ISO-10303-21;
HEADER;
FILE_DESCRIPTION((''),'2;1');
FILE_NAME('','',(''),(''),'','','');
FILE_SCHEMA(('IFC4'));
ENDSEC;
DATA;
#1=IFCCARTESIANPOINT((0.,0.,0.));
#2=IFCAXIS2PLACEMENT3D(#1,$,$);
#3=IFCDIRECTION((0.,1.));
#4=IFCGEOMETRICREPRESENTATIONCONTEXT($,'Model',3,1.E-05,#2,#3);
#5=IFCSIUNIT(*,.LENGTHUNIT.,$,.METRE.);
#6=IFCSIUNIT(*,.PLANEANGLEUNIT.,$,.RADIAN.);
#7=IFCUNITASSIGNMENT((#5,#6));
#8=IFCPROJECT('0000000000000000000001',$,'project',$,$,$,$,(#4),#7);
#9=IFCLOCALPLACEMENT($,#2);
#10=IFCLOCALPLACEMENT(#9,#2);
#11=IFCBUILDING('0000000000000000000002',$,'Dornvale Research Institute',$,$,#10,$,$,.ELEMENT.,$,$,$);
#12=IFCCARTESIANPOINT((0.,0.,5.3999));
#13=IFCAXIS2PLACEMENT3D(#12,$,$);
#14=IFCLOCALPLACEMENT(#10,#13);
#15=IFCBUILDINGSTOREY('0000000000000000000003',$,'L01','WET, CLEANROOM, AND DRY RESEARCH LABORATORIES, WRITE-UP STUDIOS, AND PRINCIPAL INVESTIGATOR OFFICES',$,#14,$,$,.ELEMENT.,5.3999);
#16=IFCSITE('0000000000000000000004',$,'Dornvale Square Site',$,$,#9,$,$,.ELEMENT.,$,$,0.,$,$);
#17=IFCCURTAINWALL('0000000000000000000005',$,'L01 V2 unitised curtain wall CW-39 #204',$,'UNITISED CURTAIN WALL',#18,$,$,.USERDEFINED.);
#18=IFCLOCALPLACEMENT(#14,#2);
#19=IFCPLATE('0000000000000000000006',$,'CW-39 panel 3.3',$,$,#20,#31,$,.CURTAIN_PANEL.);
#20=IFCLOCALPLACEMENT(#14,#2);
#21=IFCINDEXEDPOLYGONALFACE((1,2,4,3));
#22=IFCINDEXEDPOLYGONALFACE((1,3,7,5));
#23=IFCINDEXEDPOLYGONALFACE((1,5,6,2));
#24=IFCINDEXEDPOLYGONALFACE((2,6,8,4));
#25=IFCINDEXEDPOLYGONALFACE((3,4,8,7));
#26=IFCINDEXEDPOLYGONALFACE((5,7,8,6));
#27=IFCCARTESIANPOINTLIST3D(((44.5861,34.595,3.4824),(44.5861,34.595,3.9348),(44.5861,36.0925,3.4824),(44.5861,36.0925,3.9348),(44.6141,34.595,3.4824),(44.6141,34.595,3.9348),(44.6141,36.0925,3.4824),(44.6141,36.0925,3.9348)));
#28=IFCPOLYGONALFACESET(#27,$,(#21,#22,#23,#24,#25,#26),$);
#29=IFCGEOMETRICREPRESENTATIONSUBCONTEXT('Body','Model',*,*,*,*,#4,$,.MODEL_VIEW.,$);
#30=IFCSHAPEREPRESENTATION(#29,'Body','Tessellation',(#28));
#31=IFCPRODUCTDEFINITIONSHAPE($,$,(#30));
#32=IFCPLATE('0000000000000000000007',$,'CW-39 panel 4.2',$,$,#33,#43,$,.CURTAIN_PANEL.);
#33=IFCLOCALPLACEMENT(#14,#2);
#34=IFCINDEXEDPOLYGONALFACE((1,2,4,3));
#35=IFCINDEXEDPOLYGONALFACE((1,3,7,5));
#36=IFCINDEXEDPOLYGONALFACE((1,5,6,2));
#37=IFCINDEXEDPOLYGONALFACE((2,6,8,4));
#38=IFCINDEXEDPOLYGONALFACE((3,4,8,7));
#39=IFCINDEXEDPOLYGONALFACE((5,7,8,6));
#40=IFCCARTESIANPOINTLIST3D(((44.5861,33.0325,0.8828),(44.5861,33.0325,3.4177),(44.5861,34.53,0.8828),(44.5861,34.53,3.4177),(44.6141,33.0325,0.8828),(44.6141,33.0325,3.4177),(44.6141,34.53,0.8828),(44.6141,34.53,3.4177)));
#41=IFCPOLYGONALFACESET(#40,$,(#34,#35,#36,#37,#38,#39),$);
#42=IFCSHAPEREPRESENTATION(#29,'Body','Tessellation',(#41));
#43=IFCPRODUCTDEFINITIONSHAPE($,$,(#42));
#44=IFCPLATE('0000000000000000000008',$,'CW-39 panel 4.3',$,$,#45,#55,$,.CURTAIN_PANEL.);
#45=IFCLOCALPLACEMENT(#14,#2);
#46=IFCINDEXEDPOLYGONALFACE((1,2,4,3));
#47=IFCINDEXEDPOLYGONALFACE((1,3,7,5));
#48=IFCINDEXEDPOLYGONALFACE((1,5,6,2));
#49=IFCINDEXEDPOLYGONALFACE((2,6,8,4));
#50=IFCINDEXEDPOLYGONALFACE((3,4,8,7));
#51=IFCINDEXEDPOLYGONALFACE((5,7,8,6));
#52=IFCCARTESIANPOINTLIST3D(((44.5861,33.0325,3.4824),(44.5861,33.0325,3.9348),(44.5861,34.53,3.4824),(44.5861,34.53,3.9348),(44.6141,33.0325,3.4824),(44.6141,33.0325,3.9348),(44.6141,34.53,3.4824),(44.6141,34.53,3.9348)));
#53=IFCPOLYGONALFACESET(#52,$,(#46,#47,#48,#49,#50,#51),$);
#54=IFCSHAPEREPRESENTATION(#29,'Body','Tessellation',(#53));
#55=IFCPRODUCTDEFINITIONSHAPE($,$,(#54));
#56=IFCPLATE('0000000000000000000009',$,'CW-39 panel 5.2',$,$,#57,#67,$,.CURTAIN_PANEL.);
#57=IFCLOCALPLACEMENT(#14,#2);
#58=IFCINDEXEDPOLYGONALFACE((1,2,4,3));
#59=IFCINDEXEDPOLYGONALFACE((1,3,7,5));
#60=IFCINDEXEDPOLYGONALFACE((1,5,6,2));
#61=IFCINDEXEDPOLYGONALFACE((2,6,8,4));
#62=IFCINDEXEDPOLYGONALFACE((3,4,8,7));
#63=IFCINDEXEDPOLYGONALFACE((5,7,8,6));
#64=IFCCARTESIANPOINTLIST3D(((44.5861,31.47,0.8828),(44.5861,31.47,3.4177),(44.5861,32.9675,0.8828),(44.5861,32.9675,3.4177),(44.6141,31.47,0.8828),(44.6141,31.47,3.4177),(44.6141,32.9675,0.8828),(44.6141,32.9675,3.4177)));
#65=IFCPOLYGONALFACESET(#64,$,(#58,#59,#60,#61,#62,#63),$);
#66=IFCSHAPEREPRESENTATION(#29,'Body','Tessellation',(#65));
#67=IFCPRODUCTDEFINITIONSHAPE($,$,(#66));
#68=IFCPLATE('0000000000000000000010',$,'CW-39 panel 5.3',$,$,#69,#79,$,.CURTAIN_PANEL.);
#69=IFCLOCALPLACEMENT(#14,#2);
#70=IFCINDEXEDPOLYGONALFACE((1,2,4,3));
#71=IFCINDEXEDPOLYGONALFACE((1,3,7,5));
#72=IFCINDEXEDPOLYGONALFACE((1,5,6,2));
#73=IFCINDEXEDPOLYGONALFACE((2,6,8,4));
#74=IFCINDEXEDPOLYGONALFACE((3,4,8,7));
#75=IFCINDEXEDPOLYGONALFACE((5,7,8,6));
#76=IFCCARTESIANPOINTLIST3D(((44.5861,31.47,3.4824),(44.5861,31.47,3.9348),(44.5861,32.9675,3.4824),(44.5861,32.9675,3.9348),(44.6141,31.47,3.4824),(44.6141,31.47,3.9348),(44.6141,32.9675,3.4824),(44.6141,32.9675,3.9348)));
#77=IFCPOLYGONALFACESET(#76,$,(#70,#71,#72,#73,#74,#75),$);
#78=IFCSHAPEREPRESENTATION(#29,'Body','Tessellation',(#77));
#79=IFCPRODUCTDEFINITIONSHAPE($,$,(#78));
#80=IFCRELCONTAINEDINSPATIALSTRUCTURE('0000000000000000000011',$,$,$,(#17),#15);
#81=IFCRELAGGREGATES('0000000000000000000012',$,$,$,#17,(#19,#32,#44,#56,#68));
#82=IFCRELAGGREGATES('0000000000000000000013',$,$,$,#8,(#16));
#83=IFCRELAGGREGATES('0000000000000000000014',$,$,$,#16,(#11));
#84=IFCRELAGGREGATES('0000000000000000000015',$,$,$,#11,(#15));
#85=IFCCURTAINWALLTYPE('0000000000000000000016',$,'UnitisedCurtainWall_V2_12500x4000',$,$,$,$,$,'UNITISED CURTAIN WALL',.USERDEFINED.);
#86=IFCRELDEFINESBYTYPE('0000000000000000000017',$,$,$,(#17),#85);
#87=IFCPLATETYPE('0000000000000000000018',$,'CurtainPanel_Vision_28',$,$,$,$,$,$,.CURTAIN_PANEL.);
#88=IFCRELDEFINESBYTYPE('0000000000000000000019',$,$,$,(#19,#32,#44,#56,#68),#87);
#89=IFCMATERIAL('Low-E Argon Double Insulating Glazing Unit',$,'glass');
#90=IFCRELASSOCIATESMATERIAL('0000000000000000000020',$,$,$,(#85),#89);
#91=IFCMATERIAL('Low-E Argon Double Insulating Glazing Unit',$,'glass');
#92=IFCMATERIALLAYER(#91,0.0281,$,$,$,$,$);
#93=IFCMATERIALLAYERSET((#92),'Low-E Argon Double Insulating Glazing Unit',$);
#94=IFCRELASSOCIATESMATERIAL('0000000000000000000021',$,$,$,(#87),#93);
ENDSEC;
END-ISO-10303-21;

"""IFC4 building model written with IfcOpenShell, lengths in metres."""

from ifc_helpers import new_model, si_unit, direction, frame, origin, origin_2d, place, context, subcontext, project, spatial, rectangle, extrude, material, layer, layer_set, type_object, element, aggregate, save


model = new_model("IFC4")

# Units and contexts
model_context = context("Model", 3, precision=1e-05, world=origin(), true_north=direction((0.0, 1.0)))
body_context = subcontext(model_context, "Body", "Model", "MODEL_VIEW")
ifc_project = project(units=[si_unit("LENGTHUNIT", "METRE"), si_unit("PLANEANGLEUNIT", "RADIAN")], contexts=[model_context])

# Site, building, storey
site_placement = place(None, origin())
site = spatial("IfcSite", under=ifc_project, at=site_placement, Name="Dornvale Square Site", CompositionType="ELEMENT", RefElevation=0.0)
building_placement = place(site_placement, origin())
building = spatial("IfcBuilding", under=site, at=building_placement, Name="Dornvale Research Institute", CompositionType="ELEMENT")
storey_placement = place(building_placement, frame((0.0, 0.0, 5.3999)))
storey = spatial("IfcBuildingStorey", under=building, at=storey_placement, Name="L01", Description="WET, CLEANROOM, AND DRY RESEARCH LABORATORIES, WRITE-UP STUDIOS, AND PRINCIPAL INVESTIGATOR OFFICES", CompositionType="ELEMENT", Elevation=5.3999)

# Curtain wall
ifc_material_1 = material(Name="Low-E Argon Double Insulating Glazing Unit", Category="glass")
curtain_wall_type = type_object("IfcCurtainWallType", Name="UnitisedCurtainWall_V2_12500x4000", ElementType="UNITISED CURTAIN WALL", PredefinedType="USERDEFINED", material=ifc_material_1)
curtain_wall_1_placement = place(storey_placement, origin())
curtain_wall_1 = element("IfcCurtainWall", 1, at=curtain_wall_1_placement, inside=storey, type_object=curtain_wall_type, Name="L01 V2 unitised curtain wall CW-39 #204", ObjectType="UNITISED CURTAIN WALL", PredefinedType="USERDEFINED")

# Plates
ifc_material_2 = material(Name="Low-E Argon Double Insulating Glazing Unit", Category="glass")
ifc_layer_1 = layer(ifc_material_2, 0.0281)
ifc_layer_set_1 = layer_set([ifc_layer_1], Name="Low-E Argon Double Insulating Glazing Unit")
plate_type_1 = type_object("IfcPlateType", Name="CurtainPanel_Vision_28", PredefinedType="CURTAIN_PANEL", material=ifc_layer_set_1)
plate_1_placement = place(storey_placement, frame((44.6001, 35.3438, 3.4824), z_axis=(0.0, 0.0, 1.0), x_axis=(0.0, -1.0, 0.0)))
plate_1 = element("IfcPlate", 2, at=plate_1_placement, type_object=plate_type_1, Name="CW-39 panel 3.3", PredefinedType="CURTAIN_PANEL", context=body_context, shape_type="SweptSolid", body=[
    extrude(rectangle(XDim=1.4976, YDim=0.0281, at=origin_2d()), origin(), (0.0, 0.0, 1.0), 0.4524),
])
plate_2_placement = place(storey_placement, frame((44.6001, 33.7812, 0.8828), z_axis=(0.0, 0.0, 1.0), x_axis=(0.0, -1.0, 0.0)))
plate_2 = element("IfcPlate", 3, at=plate_2_placement, type_object=plate_type_1, Name="CW-39 panel 4.2", PredefinedType="CURTAIN_PANEL", context=body_context, shape_type="SweptSolid", body=[
    extrude(rectangle(XDim=1.4976, YDim=0.0281, at=origin_2d()), origin(), (0.0, 0.0, 1.0), 2.5349),
])
plate_3_placement = place(storey_placement, frame((44.6001, 33.7812, 3.4824), z_axis=(0.0, 0.0, 1.0), x_axis=(0.0, -1.0, 0.0)))
plate_3 = element("IfcPlate", 4, at=plate_3_placement, type_object=plate_type_1, Name="CW-39 panel 4.3", PredefinedType="CURTAIN_PANEL", context=body_context, shape_type="SweptSolid", body=[
    extrude(rectangle(XDim=1.4976, YDim=0.0281, at=origin_2d()), origin(), (0.0, 0.0, 1.0), 0.4524),
])
plate_4_placement = place(storey_placement, frame((44.6001, 32.2188, 0.8828), z_axis=(0.0, 0.0, 1.0), x_axis=(0.0, -1.0, 0.0)))
plate_4 = element("IfcPlate", 5, at=plate_4_placement, type_object=plate_type_1, Name="CW-39 panel 5.2", PredefinedType="CURTAIN_PANEL", context=body_context, shape_type="SweptSolid", body=[
    extrude(rectangle(XDim=1.4976, YDim=0.0281, at=origin_2d()), origin(), (0.0, 0.0, 1.0), 2.5349),
])
plate_5_placement = place(storey_placement, frame((44.6001, 32.2188, 3.4824), z_axis=(0.0, 0.0, 1.0), x_axis=(0.0, -1.0, 0.0)))
plate_5 = element("IfcPlate", 6, at=plate_5_placement, type_object=plate_type_1, Name="CW-39 panel 5.3", PredefinedType="CURTAIN_PANEL", context=body_context, shape_type="SweptSolid", body=[
    extrude(rectangle(XDim=1.4976, YDim=0.0281, at=origin_2d()), origin(), (0.0, 0.0, 1.0), 0.4524),
])
aggregate(curtain_wall_1, [plate_1, plate_2, plate_3, plate_4, plate_5])

save(model, "model.ifc")
